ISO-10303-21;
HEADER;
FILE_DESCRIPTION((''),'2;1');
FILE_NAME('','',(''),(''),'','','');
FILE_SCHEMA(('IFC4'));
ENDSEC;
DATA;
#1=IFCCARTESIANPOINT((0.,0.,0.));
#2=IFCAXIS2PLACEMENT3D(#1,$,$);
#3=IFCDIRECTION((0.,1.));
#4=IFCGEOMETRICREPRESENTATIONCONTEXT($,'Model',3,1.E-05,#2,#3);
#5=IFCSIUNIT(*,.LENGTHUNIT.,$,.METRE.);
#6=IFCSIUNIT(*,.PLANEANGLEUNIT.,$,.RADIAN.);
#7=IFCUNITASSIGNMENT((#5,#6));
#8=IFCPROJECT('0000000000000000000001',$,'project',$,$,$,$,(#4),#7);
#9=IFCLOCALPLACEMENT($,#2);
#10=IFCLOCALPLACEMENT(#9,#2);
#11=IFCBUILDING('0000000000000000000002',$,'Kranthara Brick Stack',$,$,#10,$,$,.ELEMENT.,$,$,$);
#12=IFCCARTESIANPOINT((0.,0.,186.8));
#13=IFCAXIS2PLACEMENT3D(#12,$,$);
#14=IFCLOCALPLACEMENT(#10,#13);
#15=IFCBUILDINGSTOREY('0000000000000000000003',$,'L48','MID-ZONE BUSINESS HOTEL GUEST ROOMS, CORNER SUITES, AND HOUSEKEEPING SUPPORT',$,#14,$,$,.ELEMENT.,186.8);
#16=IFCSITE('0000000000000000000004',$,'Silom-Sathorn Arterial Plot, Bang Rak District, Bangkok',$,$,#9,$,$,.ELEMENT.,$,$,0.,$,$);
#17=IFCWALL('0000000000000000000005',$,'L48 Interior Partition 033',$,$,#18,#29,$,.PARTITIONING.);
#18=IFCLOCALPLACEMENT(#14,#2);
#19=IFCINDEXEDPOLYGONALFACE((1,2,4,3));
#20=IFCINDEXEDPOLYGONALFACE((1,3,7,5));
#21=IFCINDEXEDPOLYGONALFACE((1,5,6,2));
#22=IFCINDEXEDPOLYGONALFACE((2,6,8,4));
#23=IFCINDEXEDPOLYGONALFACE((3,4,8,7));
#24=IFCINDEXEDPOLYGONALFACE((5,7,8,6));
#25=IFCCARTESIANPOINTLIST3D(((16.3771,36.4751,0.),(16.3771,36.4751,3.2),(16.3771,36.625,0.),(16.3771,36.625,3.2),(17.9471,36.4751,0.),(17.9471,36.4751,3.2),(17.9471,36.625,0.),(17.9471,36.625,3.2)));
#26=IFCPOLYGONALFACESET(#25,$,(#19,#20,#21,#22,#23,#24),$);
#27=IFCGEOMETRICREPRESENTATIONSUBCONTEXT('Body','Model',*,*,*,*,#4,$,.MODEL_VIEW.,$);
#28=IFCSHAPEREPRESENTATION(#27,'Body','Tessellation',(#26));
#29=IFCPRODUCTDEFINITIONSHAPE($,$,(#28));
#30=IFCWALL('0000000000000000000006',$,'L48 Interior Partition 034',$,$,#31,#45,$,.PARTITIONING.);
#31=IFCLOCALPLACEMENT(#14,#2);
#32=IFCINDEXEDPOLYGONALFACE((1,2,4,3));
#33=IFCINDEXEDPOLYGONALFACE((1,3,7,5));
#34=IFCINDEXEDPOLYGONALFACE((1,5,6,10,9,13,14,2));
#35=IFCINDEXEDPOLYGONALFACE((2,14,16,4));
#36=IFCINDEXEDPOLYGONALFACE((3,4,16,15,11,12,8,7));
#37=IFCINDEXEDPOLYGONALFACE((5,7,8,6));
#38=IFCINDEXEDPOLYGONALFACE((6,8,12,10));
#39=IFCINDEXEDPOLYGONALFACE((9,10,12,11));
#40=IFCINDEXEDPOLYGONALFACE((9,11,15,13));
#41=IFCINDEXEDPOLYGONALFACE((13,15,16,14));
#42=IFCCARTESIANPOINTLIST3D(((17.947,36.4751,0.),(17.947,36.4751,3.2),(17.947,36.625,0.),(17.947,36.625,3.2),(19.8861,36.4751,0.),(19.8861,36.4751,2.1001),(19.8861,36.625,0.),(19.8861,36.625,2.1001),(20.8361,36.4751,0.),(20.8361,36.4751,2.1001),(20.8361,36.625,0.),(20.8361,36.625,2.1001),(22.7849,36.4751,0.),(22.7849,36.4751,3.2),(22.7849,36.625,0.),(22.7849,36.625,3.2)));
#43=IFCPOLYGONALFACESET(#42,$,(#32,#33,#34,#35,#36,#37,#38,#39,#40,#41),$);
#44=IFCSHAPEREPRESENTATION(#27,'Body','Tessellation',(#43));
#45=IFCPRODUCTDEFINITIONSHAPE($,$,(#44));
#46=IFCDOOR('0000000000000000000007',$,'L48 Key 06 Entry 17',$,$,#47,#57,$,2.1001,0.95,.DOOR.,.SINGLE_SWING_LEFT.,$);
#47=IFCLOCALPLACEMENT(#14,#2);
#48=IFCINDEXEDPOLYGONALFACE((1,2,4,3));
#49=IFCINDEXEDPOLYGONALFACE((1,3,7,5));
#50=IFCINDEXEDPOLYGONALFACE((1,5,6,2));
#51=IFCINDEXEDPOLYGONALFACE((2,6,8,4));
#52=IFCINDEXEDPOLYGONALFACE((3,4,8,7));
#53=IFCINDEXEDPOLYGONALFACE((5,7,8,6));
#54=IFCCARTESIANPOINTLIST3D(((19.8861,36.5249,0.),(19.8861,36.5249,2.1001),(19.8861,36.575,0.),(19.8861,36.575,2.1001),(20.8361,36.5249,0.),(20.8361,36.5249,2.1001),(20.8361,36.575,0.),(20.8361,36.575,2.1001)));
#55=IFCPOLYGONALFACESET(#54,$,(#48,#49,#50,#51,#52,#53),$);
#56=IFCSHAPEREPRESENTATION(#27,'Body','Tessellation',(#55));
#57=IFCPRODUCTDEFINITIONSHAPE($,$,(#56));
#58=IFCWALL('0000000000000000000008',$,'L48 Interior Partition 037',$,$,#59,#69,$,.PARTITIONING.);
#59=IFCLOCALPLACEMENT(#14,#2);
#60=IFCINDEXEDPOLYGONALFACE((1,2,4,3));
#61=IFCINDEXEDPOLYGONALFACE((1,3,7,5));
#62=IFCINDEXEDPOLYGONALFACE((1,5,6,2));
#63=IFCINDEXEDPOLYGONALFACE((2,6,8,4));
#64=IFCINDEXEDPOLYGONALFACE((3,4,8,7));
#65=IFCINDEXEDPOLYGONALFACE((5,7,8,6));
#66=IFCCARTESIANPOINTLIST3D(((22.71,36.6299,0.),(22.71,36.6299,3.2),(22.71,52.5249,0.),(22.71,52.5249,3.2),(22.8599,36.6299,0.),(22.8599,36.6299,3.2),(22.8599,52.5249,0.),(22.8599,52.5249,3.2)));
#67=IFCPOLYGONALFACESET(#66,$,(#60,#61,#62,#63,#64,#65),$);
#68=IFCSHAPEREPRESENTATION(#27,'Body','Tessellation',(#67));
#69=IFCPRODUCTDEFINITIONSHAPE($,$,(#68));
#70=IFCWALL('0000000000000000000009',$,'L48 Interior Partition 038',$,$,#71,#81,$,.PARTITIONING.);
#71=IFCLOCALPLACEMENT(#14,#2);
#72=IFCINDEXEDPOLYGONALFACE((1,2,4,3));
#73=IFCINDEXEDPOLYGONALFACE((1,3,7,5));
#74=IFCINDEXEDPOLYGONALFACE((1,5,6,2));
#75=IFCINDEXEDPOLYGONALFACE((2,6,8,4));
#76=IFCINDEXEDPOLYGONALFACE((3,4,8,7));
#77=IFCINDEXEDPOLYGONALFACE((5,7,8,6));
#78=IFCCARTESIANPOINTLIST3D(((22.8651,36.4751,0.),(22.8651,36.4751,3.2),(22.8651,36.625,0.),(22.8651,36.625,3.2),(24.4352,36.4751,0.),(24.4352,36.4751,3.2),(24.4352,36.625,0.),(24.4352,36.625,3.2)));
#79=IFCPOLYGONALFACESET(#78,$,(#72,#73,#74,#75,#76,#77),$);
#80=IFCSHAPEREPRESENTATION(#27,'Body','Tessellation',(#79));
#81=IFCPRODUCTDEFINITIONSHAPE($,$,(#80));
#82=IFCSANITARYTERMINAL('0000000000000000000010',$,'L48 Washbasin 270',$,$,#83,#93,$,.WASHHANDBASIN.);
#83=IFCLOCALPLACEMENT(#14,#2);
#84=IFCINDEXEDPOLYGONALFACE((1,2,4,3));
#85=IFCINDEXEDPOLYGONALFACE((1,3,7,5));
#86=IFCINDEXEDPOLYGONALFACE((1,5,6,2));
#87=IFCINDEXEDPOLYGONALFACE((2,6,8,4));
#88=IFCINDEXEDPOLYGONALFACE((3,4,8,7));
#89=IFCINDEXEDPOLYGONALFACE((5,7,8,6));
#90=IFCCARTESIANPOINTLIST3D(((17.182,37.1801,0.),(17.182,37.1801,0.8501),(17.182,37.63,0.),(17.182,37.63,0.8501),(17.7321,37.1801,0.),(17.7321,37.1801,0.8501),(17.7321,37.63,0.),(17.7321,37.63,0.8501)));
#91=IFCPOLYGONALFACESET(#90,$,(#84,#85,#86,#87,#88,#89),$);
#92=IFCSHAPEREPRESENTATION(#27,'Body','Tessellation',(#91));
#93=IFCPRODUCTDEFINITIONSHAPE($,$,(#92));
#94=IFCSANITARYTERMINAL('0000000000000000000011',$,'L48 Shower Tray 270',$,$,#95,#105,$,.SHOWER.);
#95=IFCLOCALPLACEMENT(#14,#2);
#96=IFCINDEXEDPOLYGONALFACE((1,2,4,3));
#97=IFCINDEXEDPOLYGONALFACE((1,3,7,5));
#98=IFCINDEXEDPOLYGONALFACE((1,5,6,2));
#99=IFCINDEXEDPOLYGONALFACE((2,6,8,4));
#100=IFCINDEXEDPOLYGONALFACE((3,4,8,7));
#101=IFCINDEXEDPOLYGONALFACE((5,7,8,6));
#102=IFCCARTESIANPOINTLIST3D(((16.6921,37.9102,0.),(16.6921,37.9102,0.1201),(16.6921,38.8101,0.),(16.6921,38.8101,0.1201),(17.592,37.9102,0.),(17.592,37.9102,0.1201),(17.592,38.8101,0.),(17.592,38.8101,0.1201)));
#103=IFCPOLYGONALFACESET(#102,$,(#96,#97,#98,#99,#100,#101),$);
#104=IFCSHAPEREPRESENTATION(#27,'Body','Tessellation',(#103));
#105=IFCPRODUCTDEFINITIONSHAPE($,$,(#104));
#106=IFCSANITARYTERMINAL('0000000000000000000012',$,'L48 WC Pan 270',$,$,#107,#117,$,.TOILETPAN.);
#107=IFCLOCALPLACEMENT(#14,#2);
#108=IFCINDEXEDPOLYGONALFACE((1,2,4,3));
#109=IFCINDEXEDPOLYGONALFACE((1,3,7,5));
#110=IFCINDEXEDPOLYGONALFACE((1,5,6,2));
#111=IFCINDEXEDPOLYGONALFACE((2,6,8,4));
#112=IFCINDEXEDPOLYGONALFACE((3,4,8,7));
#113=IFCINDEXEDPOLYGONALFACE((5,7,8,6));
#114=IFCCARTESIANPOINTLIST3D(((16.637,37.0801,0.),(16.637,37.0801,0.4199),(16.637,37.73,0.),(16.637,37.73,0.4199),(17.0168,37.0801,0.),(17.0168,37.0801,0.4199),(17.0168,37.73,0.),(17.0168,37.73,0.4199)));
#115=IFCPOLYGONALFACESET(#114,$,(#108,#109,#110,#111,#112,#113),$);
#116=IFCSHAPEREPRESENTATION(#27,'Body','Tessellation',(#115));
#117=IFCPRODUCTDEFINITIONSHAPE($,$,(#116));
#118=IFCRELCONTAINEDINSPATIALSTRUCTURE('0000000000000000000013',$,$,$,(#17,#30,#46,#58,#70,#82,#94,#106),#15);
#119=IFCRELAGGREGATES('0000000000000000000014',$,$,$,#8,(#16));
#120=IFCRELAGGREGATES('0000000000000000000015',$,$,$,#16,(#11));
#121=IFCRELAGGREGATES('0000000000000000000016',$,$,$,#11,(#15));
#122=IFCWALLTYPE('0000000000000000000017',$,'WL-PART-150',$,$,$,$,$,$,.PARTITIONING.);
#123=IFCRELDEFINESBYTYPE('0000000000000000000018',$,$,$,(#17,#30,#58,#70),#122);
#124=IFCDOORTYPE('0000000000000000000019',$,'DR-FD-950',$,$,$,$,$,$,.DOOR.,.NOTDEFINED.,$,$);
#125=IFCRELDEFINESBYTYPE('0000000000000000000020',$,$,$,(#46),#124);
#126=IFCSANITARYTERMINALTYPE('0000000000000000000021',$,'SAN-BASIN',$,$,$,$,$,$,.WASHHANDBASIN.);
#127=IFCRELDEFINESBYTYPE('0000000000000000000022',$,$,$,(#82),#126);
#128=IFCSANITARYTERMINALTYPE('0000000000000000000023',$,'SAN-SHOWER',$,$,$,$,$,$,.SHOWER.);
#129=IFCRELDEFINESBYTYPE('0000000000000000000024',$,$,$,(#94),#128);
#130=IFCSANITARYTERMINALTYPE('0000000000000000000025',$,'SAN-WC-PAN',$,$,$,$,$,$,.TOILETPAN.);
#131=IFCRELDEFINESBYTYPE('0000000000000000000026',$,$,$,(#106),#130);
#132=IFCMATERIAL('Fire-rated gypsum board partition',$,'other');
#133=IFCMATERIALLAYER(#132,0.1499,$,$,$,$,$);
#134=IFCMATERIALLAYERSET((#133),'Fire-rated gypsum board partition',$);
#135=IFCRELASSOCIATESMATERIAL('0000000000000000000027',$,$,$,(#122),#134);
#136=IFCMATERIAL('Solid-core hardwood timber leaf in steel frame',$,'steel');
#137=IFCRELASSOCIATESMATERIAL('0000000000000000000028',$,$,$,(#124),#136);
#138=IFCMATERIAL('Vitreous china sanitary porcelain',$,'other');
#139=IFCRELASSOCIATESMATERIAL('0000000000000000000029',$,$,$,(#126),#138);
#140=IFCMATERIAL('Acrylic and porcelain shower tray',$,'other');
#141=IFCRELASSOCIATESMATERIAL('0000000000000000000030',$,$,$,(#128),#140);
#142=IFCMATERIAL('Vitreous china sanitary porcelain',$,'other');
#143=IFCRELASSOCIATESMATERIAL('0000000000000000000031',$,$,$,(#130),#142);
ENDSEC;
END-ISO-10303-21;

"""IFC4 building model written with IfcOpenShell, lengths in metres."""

from ifc_helpers import new_model, si_unit, direction, frame, frame_2d, origin, origin_2d, place, context, subcontext, project, spatial, rectangle, extrude, material, layer, layer_set, type_object, element, fill, save


model = new_model("IFC4")

# Units and contexts
model_context = context("Model", 3, precision=1e-05, world=origin(), true_north=direction((0.0, 1.0)))
body_context = subcontext(model_context, "Body", "Model", "MODEL_VIEW")
ifc_project = project(units=[si_unit("LENGTHUNIT", "METRE"), si_unit("PLANEANGLEUNIT", "RADIAN")], contexts=[model_context])

# Site, building, storey
site_placement = place(None, origin())
site = spatial("IfcSite", under=ifc_project, at=site_placement, Name="Silom-Sathorn Arterial Plot, Bang Rak District, Bangkok", CompositionType="ELEMENT", RefElevation=0.0)
building_placement = place(site_placement, origin())
building = spatial("IfcBuilding", under=site, at=building_placement, Name="Kranthara Brick Stack", CompositionType="ELEMENT")
storey_placement = place(building_placement, frame((0.0, 0.0, 186.8)))
storey = spatial("IfcBuildingStorey", under=building, at=storey_placement, Name="L48", Description="MID-ZONE BUSINESS HOTEL GUEST ROOMS, CORNER SUITES, AND HOUSEKEEPING SUPPORT", CompositionType="ELEMENT", Elevation=186.8)

# Shared definitions
ifc_material_1 = material(Name="Fire-rated gypsum board partition", Category="other")
ifc_layer_1 = layer(ifc_material_1, 0.1499)
ifc_layer_set_1 = layer_set([ifc_layer_1], Name="Fire-rated gypsum board partition")
wall_type_1 = type_object("IfcWallType", Name="WL-PART-150", PredefinedType="PARTITIONING", material=ifc_layer_set_1)
ifc_material_2 = material(Name="Solid-core hardwood timber leaf in steel frame", Category="steel")
door_type_1 = type_object("IfcDoorType", Name="DR-FD-950", OperationType="NOTDEFINED", PredefinedType="DOOR", material=ifc_material_2)

# Wall
wall_1_placement = place(storey_placement, frame((16.377, 36.55, 0.0), z_axis=(0.0, 0.0, 1.0), x_axis=(1.0, 0.0, 0.0)))
element("IfcWall", 1, at=wall_1_placement, inside=storey, type_object=wall_type_1, Name="L48 Interior Partition 033", PredefinedType="PARTITIONING", context=body_context, shape_type="SweptSolid", body=[
    extrude(rectangle(XDim=1.5701, YDim=0.1499, at=frame_2d((0.7852, 0.0))), origin(), (0.0, 0.0, 1.0), 3.2),
])

# Wall, opening, door
wall_2_placement = place(storey_placement, frame((17.947, 36.55, 0.0), z_axis=(0.0, 0.0, 1.0), x_axis=(1.0, 0.0, 0.0)))
wall_2 = element("IfcWall", 2, at=wall_2_placement, inside=storey, type_object=wall_type_1, Name="L48 Interior Partition 034", PredefinedType="PARTITIONING", context=body_context, shape_type="SweptSolid", body=[
    extrude(rectangle(XDim=4.8379, YDim=0.1499, at=frame_2d((2.4189, 0.0))), origin(), (0.0, 0.0, 1.0), 3.2),
])
opening_1_placement = place(wall_2_placement, frame((1.939, 0.0, 0.0)))
opening_1 = element("IfcOpeningElement", 3, at=opening_1_placement, cuts=wall_2, PredefinedType="OPENING", context=body_context, shape_type="SweptSolid", body=[
    extrude(rectangle(XDim=0.95, YDim=2.1001, at=frame_2d((0.4751, 1.05))), frame((0.0, 0.085, 0.0), z_axis=(0.0, -1.0, 0.0), x_axis=(1.0, 0.0, 0.0)), (0.0, 0.0, 1.0), 0.1699),
])
door_1_placement = place(opening_1_placement, origin())
door_1 = element("IfcDoor", 4, at=door_1_placement, inside=storey, type_object=door_type_1, Name="L48 Key 06 Entry 17", OperationType="SINGLE_SWING_LEFT", OverallHeight=2.1001, OverallWidth=0.95, PredefinedType="DOOR", context=body_context, shape_type="SweptSolid", body=[
    extrude(rectangle(XDim=0.95, YDim=2.1001, at=frame_2d((0.4751, 1.05))), frame((0.0, 0.0249, 0.0), z_axis=(0.0, -1.0, 0.0), x_axis=(1.0, 0.0, 0.0)), (0.0, 0.0, 1.0), 0.05),
])
fill(opening_1, door_1)

# Walls
wall_3_placement = place(storey_placement, frame((22.7849, 36.6299, 0.0), z_axis=(0.0, 0.0, 1.0), x_axis=(0.0, 1.0, 0.0)))
element("IfcWall", 5, at=wall_3_placement, inside=storey, type_object=wall_type_1, Name="L48 Interior Partition 037", PredefinedType="PARTITIONING", context=body_context, shape_type="SweptSolid", body=[
    extrude(rectangle(XDim=15.895, YDim=0.1499, at=frame_2d((7.9475, 0.0))), origin(), (0.0, 0.0, 1.0), 3.2),
])
wall_4_placement = place(storey_placement, frame((22.865, 36.55, 0.0), z_axis=(0.0, 0.0, 1.0), x_axis=(1.0, 0.0, 0.0)))
element("IfcWall", 6, at=wall_4_placement, inside=storey, type_object=wall_type_1, Name="L48 Interior Partition 038", PredefinedType="PARTITIONING", context=body_context, shape_type="SweptSolid", body=[
    extrude(rectangle(XDim=1.5701, YDim=0.1499, at=frame_2d((0.7852, 0.0))), origin(), (0.0, 0.0, 1.0), 3.2),
])

# Sanitary terminals
ifc_material_3 = material(Name="Vitreous china sanitary porcelain", Category="other")
sanitary_terminal_type_1 = type_object("IfcSanitaryTerminalType", Name="SAN-BASIN", PredefinedType="WASHHANDBASIN", material=ifc_material_3)
sanitary_terminal_1_placement = place(storey_placement, frame((17.457, 37.405, 0.0), z_axis=(0.0, 0.0, 1.0), x_axis=(1.0, 0.0, 0.0)))
element("IfcSanitaryTerminal", 7, at=sanitary_terminal_1_placement, inside=storey, type_object=sanitary_terminal_type_1, Name="L48 Washbasin 270", PredefinedType="WASHHANDBASIN", context=body_context, shape_type="SweptSolid", body=[
    extrude(rectangle(XDim=0.55, YDim=0.45, at=origin_2d()), origin(), (0.0, 0.0, 1.0), 0.8501),
])
ifc_material_4 = material(Name="Acrylic and porcelain shower tray", Category="other")
sanitary_terminal_type_2 = type_object("IfcSanitaryTerminalType", Name="SAN-SHOWER", PredefinedType="SHOWER", material=ifc_material_4)
sanitary_terminal_2_placement = place(storey_placement, frame((17.1421, 38.3601, 0.0), z_axis=(0.0, 0.0, 1.0), x_axis=(1.0, 0.0, 0.0)))
element("IfcSanitaryTerminal", 8, at=sanitary_terminal_2_placement, inside=storey, type_object=sanitary_terminal_type_2, Name="L48 Shower Tray 270", PredefinedType="SHOWER", context=body_context, shape_type="SweptSolid", body=[
    extrude(rectangle(XDim=0.8999, YDim=0.8999, at=origin_2d()), origin(), (0.0, 0.0, 1.0), 0.1201),
])
ifc_material_5 = material(Name="Vitreous china sanitary porcelain", Category="other")
sanitary_terminal_type_3 = type_object("IfcSanitaryTerminalType", Name="SAN-WC-PAN", PredefinedType="TOILETPAN", material=ifc_material_5)
sanitary_terminal_3_placement = place(storey_placement, frame((16.8269, 37.405, 0.0), z_axis=(0.0, 0.0, 1.0), x_axis=(1.0, 0.0, 0.0)))
element("IfcSanitaryTerminal", 9, at=sanitary_terminal_3_placement, inside=storey, type_object=sanitary_terminal_type_3, Name="L48 WC Pan 270", PredefinedType="TOILETPAN", context=body_context, shape_type="SweptSolid", body=[
    extrude(rectangle(XDim=0.3799, YDim=0.6499, at=origin_2d()), origin(), (0.0, 0.0, 1.0), 0.4199),
])

save(model, "model.ifc")
